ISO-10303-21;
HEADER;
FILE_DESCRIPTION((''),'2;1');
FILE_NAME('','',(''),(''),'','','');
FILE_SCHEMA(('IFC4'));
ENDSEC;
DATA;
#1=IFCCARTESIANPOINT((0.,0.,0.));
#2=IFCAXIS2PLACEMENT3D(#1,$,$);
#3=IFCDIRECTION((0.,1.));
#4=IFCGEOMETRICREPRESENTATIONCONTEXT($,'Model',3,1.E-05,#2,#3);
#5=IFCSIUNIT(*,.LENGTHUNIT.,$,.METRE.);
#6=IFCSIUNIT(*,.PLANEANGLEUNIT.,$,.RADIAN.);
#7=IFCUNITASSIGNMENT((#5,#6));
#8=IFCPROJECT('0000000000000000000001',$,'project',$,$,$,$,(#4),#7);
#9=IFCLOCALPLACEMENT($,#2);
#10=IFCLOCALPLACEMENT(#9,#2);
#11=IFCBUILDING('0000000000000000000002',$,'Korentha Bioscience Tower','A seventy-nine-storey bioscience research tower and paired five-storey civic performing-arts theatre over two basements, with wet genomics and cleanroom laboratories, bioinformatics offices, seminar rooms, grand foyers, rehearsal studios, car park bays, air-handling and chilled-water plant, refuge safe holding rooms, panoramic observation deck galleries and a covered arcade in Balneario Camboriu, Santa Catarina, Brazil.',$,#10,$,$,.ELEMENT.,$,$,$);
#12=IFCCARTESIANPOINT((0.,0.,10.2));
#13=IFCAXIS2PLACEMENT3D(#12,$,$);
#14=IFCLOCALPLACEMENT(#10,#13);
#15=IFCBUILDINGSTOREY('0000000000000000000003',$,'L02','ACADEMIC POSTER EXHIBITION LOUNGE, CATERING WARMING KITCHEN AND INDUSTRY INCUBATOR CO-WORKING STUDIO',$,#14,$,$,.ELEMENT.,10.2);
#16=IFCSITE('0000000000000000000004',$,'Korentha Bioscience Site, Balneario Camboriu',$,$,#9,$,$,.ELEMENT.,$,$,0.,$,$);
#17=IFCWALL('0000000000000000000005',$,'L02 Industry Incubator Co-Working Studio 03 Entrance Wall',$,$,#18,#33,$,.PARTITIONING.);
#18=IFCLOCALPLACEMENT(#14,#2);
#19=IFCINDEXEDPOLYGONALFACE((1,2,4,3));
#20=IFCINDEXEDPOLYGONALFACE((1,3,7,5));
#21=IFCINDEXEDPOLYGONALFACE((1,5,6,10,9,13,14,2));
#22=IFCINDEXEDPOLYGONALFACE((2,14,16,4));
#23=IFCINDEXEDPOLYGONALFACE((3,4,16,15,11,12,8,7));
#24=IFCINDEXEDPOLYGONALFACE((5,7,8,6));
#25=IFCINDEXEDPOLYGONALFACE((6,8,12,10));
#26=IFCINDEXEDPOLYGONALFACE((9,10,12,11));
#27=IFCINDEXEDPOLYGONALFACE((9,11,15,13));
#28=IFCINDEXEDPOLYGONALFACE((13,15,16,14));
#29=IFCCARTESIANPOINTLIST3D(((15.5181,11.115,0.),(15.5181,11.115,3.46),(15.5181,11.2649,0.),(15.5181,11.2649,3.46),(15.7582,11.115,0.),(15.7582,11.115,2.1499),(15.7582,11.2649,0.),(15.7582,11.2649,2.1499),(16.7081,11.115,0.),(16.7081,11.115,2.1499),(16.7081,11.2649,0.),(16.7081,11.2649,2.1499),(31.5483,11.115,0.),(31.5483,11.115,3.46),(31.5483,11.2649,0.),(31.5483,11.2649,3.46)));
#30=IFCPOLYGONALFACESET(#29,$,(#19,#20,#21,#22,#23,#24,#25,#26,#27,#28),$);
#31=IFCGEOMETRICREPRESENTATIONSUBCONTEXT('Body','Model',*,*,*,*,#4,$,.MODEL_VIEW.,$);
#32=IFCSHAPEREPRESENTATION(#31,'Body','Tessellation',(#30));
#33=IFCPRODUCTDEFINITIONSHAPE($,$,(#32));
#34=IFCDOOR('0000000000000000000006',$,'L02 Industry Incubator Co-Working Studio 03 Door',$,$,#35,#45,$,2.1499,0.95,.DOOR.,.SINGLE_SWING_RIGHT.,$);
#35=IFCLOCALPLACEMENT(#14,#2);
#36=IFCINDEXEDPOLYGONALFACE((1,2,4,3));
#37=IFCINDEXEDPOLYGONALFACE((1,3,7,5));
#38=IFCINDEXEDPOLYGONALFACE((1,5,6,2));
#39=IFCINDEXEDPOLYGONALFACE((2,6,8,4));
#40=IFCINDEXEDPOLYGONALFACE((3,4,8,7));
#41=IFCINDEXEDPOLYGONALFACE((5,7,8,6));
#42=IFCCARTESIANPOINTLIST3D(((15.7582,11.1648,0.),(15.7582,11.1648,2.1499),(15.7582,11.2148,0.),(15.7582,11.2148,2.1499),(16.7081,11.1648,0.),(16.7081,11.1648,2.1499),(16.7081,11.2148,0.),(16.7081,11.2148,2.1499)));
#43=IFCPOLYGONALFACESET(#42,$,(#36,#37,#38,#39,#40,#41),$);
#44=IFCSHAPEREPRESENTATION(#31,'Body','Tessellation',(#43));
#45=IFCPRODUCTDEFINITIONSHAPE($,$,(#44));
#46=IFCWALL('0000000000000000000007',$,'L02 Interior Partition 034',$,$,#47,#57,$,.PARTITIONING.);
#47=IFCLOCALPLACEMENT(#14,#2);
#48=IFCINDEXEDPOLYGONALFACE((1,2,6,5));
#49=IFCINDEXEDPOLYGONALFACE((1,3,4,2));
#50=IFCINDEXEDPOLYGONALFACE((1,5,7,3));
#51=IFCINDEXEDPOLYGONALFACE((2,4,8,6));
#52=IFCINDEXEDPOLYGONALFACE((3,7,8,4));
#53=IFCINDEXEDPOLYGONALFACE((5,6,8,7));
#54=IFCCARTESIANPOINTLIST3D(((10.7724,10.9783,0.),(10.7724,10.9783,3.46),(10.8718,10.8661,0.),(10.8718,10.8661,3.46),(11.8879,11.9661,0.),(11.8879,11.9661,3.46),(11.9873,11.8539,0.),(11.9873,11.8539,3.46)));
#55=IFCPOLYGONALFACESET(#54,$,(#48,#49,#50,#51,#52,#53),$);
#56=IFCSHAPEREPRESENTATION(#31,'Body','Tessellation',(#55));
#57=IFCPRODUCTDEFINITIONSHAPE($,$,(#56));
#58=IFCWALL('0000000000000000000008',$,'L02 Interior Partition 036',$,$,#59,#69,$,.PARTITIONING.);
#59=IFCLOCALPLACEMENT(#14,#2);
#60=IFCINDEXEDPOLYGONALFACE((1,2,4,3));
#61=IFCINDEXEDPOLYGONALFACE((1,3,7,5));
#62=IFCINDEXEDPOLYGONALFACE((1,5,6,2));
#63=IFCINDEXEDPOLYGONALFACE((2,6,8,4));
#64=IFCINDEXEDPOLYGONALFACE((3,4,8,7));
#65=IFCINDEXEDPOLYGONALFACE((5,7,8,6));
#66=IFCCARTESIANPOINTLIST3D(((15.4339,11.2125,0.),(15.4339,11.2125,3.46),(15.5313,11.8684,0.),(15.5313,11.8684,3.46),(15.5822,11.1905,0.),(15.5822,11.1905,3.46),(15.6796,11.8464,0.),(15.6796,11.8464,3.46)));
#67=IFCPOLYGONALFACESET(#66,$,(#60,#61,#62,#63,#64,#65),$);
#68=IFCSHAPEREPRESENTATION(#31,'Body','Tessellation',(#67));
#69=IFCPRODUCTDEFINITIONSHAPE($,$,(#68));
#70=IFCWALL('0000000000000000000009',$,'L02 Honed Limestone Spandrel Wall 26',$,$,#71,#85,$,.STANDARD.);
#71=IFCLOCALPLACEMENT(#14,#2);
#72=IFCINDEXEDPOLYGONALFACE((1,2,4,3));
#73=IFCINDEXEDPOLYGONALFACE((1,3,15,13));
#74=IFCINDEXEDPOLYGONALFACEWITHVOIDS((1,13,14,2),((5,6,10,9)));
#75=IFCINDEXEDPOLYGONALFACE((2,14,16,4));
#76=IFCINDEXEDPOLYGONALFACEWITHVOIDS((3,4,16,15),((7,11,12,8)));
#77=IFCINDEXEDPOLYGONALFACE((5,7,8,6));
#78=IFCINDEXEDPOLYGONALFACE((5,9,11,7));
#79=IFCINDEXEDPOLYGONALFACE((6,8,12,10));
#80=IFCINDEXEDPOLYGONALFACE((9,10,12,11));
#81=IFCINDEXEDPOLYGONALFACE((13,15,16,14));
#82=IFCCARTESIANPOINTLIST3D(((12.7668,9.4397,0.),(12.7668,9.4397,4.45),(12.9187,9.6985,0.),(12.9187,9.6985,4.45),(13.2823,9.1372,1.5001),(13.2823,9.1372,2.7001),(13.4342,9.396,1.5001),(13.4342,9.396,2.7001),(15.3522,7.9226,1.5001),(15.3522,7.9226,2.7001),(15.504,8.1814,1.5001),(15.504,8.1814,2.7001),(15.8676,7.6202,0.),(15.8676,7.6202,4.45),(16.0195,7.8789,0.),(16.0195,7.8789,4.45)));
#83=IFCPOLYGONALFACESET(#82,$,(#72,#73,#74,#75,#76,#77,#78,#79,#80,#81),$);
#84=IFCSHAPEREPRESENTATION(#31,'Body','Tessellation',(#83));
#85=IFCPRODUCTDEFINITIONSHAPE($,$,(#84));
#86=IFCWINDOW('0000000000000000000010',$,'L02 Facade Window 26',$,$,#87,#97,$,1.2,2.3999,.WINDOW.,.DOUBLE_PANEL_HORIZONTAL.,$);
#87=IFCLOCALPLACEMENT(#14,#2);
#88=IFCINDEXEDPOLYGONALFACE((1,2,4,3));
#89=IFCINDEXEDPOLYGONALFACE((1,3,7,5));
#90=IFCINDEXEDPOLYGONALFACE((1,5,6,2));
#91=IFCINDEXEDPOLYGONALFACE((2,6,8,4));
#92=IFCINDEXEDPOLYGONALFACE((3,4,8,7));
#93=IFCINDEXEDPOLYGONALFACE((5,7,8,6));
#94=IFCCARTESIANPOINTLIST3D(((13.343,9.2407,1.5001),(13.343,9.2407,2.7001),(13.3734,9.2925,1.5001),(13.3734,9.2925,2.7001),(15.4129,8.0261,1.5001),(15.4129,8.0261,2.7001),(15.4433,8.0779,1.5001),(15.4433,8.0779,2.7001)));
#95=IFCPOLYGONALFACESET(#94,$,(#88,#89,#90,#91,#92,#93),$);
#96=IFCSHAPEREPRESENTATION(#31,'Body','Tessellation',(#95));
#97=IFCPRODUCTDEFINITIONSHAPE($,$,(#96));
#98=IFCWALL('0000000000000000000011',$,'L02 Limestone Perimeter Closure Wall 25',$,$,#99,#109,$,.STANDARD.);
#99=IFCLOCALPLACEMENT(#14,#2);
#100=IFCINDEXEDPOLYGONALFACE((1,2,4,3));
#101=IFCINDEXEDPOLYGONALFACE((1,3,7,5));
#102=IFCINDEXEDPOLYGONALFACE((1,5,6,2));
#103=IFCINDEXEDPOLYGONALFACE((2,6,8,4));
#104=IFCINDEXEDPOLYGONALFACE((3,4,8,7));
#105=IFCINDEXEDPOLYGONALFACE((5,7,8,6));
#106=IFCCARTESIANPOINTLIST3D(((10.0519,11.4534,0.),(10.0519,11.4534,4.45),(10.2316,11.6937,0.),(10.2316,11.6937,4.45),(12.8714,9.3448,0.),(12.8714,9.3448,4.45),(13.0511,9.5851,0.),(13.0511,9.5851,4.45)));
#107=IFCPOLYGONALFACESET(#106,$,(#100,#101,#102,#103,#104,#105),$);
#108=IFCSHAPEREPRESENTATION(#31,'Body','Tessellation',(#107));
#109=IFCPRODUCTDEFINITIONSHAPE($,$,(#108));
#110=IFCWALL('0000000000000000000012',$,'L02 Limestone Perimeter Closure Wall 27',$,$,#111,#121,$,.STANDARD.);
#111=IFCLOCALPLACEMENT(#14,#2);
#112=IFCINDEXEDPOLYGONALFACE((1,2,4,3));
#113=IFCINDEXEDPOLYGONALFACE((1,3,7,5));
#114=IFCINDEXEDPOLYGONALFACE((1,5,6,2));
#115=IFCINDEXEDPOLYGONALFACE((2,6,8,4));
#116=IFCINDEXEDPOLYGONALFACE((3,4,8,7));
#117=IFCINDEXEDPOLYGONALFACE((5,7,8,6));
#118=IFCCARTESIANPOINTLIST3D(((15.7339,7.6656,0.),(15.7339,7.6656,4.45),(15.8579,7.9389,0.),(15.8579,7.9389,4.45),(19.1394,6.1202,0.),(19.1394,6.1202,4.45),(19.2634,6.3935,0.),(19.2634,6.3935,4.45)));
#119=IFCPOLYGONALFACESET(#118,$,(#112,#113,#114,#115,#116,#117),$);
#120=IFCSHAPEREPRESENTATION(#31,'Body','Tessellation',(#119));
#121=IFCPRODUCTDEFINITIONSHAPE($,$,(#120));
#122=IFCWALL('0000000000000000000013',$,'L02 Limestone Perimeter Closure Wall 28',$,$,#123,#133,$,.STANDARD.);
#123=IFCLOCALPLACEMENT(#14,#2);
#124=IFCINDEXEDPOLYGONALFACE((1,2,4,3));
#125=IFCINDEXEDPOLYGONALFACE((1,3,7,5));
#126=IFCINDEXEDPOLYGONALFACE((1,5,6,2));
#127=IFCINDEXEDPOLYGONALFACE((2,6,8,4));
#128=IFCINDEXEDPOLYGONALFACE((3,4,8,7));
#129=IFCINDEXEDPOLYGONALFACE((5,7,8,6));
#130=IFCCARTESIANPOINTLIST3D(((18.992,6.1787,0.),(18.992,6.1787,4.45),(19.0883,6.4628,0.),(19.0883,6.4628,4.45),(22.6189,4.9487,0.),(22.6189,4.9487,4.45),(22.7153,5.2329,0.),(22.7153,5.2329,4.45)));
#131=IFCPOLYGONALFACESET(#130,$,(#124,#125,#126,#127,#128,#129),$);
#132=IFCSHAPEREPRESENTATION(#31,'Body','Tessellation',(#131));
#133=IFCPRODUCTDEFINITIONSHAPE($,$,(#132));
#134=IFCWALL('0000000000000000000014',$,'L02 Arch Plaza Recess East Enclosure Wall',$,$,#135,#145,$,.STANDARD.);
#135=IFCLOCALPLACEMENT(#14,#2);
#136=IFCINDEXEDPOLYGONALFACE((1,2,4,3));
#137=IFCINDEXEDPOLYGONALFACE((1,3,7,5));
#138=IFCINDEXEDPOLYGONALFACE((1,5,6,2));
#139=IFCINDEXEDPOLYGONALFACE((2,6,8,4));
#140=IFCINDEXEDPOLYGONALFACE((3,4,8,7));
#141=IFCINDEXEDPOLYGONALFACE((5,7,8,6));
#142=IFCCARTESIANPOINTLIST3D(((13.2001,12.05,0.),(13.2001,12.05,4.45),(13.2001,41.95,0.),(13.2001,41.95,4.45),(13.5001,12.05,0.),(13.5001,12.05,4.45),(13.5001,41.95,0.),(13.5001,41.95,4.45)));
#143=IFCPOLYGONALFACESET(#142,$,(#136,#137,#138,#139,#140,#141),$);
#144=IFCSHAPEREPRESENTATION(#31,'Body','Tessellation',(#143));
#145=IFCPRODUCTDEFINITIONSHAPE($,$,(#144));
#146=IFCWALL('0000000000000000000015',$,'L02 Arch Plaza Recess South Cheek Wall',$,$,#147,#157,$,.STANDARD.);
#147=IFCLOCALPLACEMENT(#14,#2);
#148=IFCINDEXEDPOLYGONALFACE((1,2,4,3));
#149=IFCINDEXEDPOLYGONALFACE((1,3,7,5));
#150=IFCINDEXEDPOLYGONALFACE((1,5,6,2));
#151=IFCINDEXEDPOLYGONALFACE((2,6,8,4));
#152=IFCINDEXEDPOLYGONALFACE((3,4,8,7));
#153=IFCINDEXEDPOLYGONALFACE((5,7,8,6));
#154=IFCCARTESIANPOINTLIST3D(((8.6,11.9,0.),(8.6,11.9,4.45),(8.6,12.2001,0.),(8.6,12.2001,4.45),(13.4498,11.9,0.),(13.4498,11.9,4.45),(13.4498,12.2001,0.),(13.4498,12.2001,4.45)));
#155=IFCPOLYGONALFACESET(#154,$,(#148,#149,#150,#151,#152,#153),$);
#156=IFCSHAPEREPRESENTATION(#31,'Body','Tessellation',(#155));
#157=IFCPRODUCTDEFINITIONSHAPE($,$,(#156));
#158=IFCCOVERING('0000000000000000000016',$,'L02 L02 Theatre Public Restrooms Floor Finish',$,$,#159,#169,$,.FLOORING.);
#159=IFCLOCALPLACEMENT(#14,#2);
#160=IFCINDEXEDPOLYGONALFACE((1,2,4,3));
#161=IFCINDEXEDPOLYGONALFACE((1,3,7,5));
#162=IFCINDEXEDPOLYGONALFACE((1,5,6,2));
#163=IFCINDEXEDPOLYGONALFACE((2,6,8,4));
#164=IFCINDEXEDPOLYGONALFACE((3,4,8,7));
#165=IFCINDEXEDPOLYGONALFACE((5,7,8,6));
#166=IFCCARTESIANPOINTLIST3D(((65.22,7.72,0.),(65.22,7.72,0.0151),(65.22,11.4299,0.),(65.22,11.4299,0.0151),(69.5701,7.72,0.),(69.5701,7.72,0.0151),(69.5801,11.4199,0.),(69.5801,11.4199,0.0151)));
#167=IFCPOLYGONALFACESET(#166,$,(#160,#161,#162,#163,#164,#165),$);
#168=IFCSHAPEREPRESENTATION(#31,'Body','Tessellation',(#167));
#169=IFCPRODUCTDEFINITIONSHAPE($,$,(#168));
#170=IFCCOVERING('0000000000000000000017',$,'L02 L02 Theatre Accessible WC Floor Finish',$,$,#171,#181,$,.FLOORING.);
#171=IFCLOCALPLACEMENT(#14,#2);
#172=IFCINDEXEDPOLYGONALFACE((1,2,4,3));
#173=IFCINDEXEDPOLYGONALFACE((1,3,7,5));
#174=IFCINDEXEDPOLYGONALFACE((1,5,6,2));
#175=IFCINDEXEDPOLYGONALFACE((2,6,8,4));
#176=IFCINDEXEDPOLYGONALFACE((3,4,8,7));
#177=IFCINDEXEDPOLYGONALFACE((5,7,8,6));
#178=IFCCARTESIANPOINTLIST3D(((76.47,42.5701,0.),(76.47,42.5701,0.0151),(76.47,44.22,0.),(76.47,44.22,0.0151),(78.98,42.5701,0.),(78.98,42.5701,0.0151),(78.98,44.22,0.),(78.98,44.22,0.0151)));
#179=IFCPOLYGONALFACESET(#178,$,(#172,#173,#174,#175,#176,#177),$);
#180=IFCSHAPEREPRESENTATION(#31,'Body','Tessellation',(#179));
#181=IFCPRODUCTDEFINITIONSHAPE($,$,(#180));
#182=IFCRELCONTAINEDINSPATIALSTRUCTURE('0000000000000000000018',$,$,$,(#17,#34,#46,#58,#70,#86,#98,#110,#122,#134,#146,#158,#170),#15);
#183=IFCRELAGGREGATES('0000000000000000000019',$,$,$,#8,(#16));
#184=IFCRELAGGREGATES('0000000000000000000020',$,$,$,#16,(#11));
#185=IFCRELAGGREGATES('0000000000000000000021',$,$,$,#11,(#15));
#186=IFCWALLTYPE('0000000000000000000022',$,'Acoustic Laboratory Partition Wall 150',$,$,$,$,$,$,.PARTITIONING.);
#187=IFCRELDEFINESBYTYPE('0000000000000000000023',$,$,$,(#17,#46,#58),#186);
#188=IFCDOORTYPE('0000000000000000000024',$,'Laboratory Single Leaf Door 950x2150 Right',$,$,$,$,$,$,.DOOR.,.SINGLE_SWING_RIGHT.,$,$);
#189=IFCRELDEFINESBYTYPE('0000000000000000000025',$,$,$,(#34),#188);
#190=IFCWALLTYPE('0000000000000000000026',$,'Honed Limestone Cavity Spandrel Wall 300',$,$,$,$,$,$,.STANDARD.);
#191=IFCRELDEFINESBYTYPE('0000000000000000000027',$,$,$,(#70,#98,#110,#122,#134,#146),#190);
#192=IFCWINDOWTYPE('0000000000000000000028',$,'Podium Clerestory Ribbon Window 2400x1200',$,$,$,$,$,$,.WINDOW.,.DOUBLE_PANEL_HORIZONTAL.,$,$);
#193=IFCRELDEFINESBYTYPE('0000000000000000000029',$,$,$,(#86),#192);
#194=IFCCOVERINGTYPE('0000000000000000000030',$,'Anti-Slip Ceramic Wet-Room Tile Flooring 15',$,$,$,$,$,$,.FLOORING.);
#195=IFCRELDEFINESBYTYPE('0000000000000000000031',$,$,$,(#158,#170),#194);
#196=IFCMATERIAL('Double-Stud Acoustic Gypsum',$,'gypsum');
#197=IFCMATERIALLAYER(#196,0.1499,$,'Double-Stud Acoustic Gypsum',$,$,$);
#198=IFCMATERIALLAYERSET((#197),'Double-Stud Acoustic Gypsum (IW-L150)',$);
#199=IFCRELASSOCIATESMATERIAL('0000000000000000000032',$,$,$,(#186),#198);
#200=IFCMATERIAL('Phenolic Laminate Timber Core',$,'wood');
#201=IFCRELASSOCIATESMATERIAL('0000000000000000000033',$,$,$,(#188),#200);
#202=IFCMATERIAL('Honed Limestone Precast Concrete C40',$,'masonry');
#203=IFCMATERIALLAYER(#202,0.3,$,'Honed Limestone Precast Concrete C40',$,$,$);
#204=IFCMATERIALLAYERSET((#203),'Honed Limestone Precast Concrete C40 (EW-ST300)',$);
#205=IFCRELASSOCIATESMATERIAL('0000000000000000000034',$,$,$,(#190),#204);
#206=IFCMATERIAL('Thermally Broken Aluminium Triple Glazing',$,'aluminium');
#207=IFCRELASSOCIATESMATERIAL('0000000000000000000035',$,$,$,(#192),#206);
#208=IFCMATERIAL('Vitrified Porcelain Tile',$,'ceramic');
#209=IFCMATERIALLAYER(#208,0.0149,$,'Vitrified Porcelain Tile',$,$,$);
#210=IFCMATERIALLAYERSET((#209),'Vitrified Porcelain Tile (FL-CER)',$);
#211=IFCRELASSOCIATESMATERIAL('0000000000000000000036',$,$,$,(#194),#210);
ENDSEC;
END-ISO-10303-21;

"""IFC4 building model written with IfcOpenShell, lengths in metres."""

from ifc_helpers import new_model, si_unit, direction, frame, frame_2d, origin, place, context, subcontext, project, spatial, polyline, rectangle, outline, extrude, material, layer, layer_set, type_object, element, fill, save


model = new_model("IFC4")

# Units and contexts
model_context = context("Model", 3, precision=1e-05, world=origin(), true_north=direction((0.0, 1.0)))
body_context = subcontext(model_context, "Body", "Model", "MODEL_VIEW")
ifc_project = project(units=[si_unit("LENGTHUNIT", "METRE"), si_unit("PLANEANGLEUNIT", "RADIAN")], contexts=[model_context])

# Site, building, storey
site_placement = place(None, origin())
site = spatial("IfcSite", under=ifc_project, at=site_placement, Name="Korentha Bioscience Site, Balneario Camboriu", CompositionType="ELEMENT", RefElevation=0.0)
building_placement = place(site_placement, origin())
building = spatial("IfcBuilding", under=site, at=building_placement, Name="Korentha Bioscience Tower", Description="A seventy-nine-storey bioscience research tower and paired five-storey civic performing-arts theatre over two basements, with wet genomics and cleanroom laboratories, bioinformatics offices, seminar rooms, grand foyers, rehearsal studios, car park bays, air-handling and chilled-water plant, refuge safe holding rooms, panoramic observation deck galleries and a covered arcade in Balneario Camboriu, Santa Catarina, Brazil.", CompositionType="ELEMENT")
storey_placement = place(building_placement, frame((0.0, 0.0, 10.2)))
storey = spatial("IfcBuildingStorey", under=building, at=storey_placement, Name="L02", Description="ACADEMIC POSTER EXHIBITION LOUNGE, CATERING WARMING KITCHEN AND INDUSTRY INCUBATOR CO-WORKING STUDIO", CompositionType="ELEMENT", Elevation=10.2)

# Wall, opening, door
ifc_material_1 = material(Name="Double-Stud Acoustic Gypsum", Category="gypsum")
ifc_layer_1 = layer(ifc_material_1, 0.1499, Name="Double-Stud Acoustic Gypsum")
ifc_layer_set_1 = layer_set([ifc_layer_1], Name="Double-Stud Acoustic Gypsum (IW-L150)")
wall_type_1 = type_object("IfcWallType", Name="Acoustic Laboratory Partition Wall 150", PredefinedType="PARTITIONING", material=ifc_layer_set_1)
wall_1_placement = place(storey_placement, frame((15.5181, 11.1899, 0.0), z_axis=(0.0, 0.0, 1.0), x_axis=(1.0, 0.0, 0.0)))
wall_1 = element("IfcWall", 1, at=wall_1_placement, inside=storey, type_object=wall_type_1, Name="L02 Industry Incubator Co-Working Studio 03 Entrance Wall", PredefinedType="PARTITIONING", context=body_context, shape_type="SweptSolid", body=[
    extrude(rectangle(XDim=16.0303, YDim=0.1499, at=frame_2d((8.0151, 0.0))), origin(), (0.0, 0.0, 1.0), 3.46),
])
opening_1_placement = place(wall_1_placement, frame((0.24, 0.0, 0.0)))
opening_1 = element("IfcOpeningElement", 2, at=opening_1_placement, cuts=wall_1, PredefinedType="OPENING", context=body_context, shape_type="SweptSolid", body=[
    extrude(rectangle(XDim=0.95, YDim=2.1499, at=frame_2d((0.4751, 1.075))), frame((0.0, 0.0898, 0.0), z_axis=(0.0, -1.0, 0.0), x_axis=(1.0, 0.0, 0.0)), (0.0, 0.0, 1.0), 0.1797),
])
ifc_material_2 = material(Name="Phenolic Laminate Timber Core", Category="wood")
door_type = type_object("IfcDoorType", Name="Laboratory Single Leaf Door 950x2150 Right", OperationType="SINGLE_SWING_RIGHT", PredefinedType="DOOR", material=ifc_material_2)
door_placement = place(opening_1_placement, origin())
door = element("IfcDoor", 3, at=door_placement, inside=storey, type_object=door_type, Name="L02 Industry Incubator Co-Working Studio 03 Door", OperationType="SINGLE_SWING_RIGHT", OverallHeight=2.1499, OverallWidth=0.95, PredefinedType="DOOR", context=body_context, shape_type="SweptSolid", body=[
    extrude(rectangle(XDim=0.95, YDim=2.1499, at=frame_2d((0.4751, 1.075))), frame((0.0, 0.0249, 0.0), z_axis=(0.0, -1.0, 0.0), x_axis=(1.0, 0.0, 0.0)), (0.0, 0.0, 1.0), 0.05),
])
fill(opening_1, door)

# Walls
wall_2_placement = place(storey_placement, frame((10.822, 10.9221, 0.0), z_axis=(0.0, 0.0, 1.0), x_axis=(0.748656, 0.662959, 0.0)))
element("IfcWall", 4, at=wall_2_placement, inside=storey, type_object=wall_type_1, Name="L02 Interior Partition 034", PredefinedType="PARTITIONING", context=body_context, shape_type="SweptSolid", body=[
    extrude(rectangle(XDim=1.49, YDim=0.1499, at=frame_2d((0.7451, 0.0))), origin(), (0.0, 0.0, 1.0), 3.46),
])
wall_3_placement = place(storey_placement, frame((15.6055, 11.8574, 0.0), z_axis=(0.0, 0.0, 1.0), x_axis=(-0.146882, -0.989154, 0.0)))
element("IfcWall", 5, at=wall_3_placement, inside=storey, type_object=wall_type_1, Name="L02 Interior Partition 036", PredefinedType="PARTITIONING", context=body_context, shape_type="SweptSolid", body=[
    extrude(rectangle(XDim=0.6631, YDim=0.1499, at=frame_2d((0.3315, 0.0))), origin(), (0.0, 0.0, 1.0), 3.46),
])

# Wall, opening, window
ifc_material_3 = material(Name="Honed Limestone Precast Concrete C40", Category="masonry")
ifc_layer_2 = layer(ifc_material_3, 0.3, Name="Honed Limestone Precast Concrete C40")
ifc_layer_set_2 = layer_set([ifc_layer_2], Name="Honed Limestone Precast Concrete C40 (EW-ST300)")
wall_type_2 = type_object("IfcWallType", Name="Honed Limestone Cavity Spandrel Wall 300", PredefinedType="STANDARD", material=ifc_layer_set_2)
wall_4_placement = place(storey_placement, frame((12.8428, 9.5691, 0.0), z_axis=(0.0, 0.0, 1.0), x_axis=(0.862473, -0.506103, 0.0)))
wall_4 = element("IfcWall", 6, at=wall_4_placement, inside=storey, type_object=wall_type_2, Name="L02 Honed Limestone Spandrel Wall 26", PredefinedType="STANDARD", context=body_context, shape_type="SweptSolid", body=[
    extrude(rectangle(XDim=3.5952, YDim=0.3, at=frame_2d((1.7976, 0.0))), origin(), (0.0, 0.0, 1.0), 4.45),
])
opening_2_placement = place(wall_4_placement, frame((0.5977, 0.0, 1.5)))
opening_2 = element("IfcOpeningElement", 7, at=opening_2_placement, cuts=wall_4, PredefinedType="OPENING", context=body_context, shape_type="SweptSolid", body=[
    extrude(rectangle(XDim=2.3999, YDim=1.2, at=frame_2d((1.2, 0.6001))), frame((0.0, 0.165, 0.0), z_axis=(0.0, -1.0, 0.0), x_axis=(1.0, 0.0, 0.0)), (0.0, 0.0, 1.0), 0.3298),
])
ifc_material_4 = material(Name="Thermally Broken Aluminium Triple Glazing", Category="aluminium")
window_type = type_object("IfcWindowType", Name="Podium Clerestory Ribbon Window 2400x1200", PartitioningType="DOUBLE_PANEL_HORIZONTAL", PredefinedType="WINDOW", material=ifc_material_4)
window_placement = place(opening_2_placement, origin())
window = element("IfcWindow", 8, at=window_placement, inside=storey, type_object=window_type, Name="L02 Facade Window 26", OverallHeight=1.2, OverallWidth=2.3999, PartitioningType="DOUBLE_PANEL_HORIZONTAL", PredefinedType="WINDOW", context=body_context, shape_type="SweptSolid", body=[
    extrude(rectangle(XDim=2.3999, YDim=1.2, at=frame_2d((1.2, 0.6001))), frame((0.0, 0.03, 0.0), z_axis=(0.0, -1.0, 0.0), x_axis=(1.0, 0.0, 0.0)), (0.0, 0.0, 1.0), 0.0601),
])
fill(opening_2, window)

# Walls
wall_5_placement = place(storey_placement, frame((10.1418, 11.5735, 0.0), z_axis=(0.0, 0.0, 1.0), x_axis=(0.800823, -0.598901, 0.0)))
element("IfcWall", 9, at=wall_5_placement, inside=storey, type_object=wall_type_2, Name="L02 Limestone Perimeter Closure Wall 25", PredefinedType="STANDARD", context=body_context, shape_type="SweptSolid", body=[
    extrude(rectangle(XDim=3.5208, YDim=0.3, at=frame_2d((1.7603, 0.0))), origin(), (0.0, 0.0, 1.0), 4.45),
])
wall_6_placement = place(storey_placement, frame((15.7959, 7.8022, 0.0), z_axis=(0.0, 0.0, 1.0), x_axis=(0.910623, -0.413237, 0.0)))
element("IfcWall", 10, at=wall_6_placement, inside=storey, type_object=wall_type_2, Name="L02 Limestone Perimeter Closure Wall 27", PredefinedType="STANDARD", context=body_context, shape_type="SweptSolid", body=[
    extrude(rectangle(XDim=3.7397, YDim=0.3, at=frame_2d((1.8699, 0.0))), origin(), (0.0, 0.0, 1.0), 4.45),
])
wall_7_placement = place(storey_placement, frame((19.04, 6.3208, 0.0), z_axis=(0.0, 0.0, 1.0), x_axis=(0.947026, -0.321158, 0.0)))
element("IfcWall", 11, at=wall_7_placement, inside=storey, type_object=wall_type_2, Name="L02 Limestone Perimeter Closure Wall 28", PredefinedType="STANDARD", context=body_context, shape_type="SweptSolid", body=[
    extrude(rectangle(XDim=3.8298, YDim=0.3, at=frame_2d((1.915, 0.0))), origin(), (0.0, 0.0, 1.0), 4.45),
])
wall_8_placement = place(storey_placement, frame((13.3501, 12.05, 0.0), z_axis=(0.0, 0.0, 1.0), x_axis=(0.0, 1.0, 0.0)))
element("IfcWall", 12, at=wall_8_placement, inside=storey, type_object=wall_type_2, Name="L02 Arch Plaza Recess East Enclosure Wall", PredefinedType="STANDARD", context=body_context, shape_type="SweptSolid", body=[
    extrude(rectangle(XDim=29.8999, YDim=0.3, at=frame_2d((14.95, 0.0))), origin(), (0.0, 0.0, 1.0), 4.45),
])
wall_9_placement = place(storey_placement, frame((8.6001, 12.05, 0.0), z_axis=(0.0, 0.0, 1.0), x_axis=(1.0, 0.0, 0.0)))
element("IfcWall", 13, at=wall_9_placement, inside=storey, type_object=wall_type_2, Name="L02 Arch Plaza Recess South Cheek Wall", PredefinedType="STANDARD", context=body_context, shape_type="SweptSolid", body=[
    extrude(rectangle(XDim=4.8499, YDim=0.3, at=frame_2d((2.4248, 0.0))), origin(), (0.0, 0.0, 1.0), 4.45),
])

# Coverings
ifc_material_5 = material(Name="Vitrified Porcelain Tile", Category="ceramic")
ifc_layer_3 = layer(ifc_material_5, 0.0149, Name="Vitrified Porcelain Tile")
ifc_layer_set_3 = layer_set([ifc_layer_3], Name="Vitrified Porcelain Tile (FL-CER)")
covering_type_1 = type_object("IfcCoveringType", Name="Anti-Slip Ceramic Wet-Room Tile Flooring 15", PredefinedType="FLOORING", material=ifc_layer_set_3)
covering_1_placement = place(storey_placement, origin())
element("IfcCovering", 14, at=covering_1_placement, inside=storey, type_object=covering_type_1, Name="L02 L02 Theatre Public Restrooms Floor Finish", PredefinedType="FLOORING", context=body_context, shape_type="SweptSolid", body=[
    extrude(outline(polyline([(65.22, 11.4299), (69.5801, 11.4199), (69.5701, 7.72), (65.22, 7.72), (65.22, 11.4299)])), origin(), (0.0, 0.0, 1.0), 0.0151),
])
covering_2_placement = place(storey_placement, origin())
element("IfcCovering", 15, at=covering_2_placement, inside=storey, type_object=covering_type_1, Name="L02 L02 Theatre Accessible WC Floor Finish", PredefinedType="FLOORING", context=body_context, shape_type="SweptSolid", body=[
    extrude(outline(polyline([(76.47, 42.5701), (76.47, 44.22), (78.98, 44.22), (78.98, 42.5701), (76.47, 42.5701)])), origin(), (0.0, 0.0, 1.0), 0.0151),
])

save(model, "model.ifc")
